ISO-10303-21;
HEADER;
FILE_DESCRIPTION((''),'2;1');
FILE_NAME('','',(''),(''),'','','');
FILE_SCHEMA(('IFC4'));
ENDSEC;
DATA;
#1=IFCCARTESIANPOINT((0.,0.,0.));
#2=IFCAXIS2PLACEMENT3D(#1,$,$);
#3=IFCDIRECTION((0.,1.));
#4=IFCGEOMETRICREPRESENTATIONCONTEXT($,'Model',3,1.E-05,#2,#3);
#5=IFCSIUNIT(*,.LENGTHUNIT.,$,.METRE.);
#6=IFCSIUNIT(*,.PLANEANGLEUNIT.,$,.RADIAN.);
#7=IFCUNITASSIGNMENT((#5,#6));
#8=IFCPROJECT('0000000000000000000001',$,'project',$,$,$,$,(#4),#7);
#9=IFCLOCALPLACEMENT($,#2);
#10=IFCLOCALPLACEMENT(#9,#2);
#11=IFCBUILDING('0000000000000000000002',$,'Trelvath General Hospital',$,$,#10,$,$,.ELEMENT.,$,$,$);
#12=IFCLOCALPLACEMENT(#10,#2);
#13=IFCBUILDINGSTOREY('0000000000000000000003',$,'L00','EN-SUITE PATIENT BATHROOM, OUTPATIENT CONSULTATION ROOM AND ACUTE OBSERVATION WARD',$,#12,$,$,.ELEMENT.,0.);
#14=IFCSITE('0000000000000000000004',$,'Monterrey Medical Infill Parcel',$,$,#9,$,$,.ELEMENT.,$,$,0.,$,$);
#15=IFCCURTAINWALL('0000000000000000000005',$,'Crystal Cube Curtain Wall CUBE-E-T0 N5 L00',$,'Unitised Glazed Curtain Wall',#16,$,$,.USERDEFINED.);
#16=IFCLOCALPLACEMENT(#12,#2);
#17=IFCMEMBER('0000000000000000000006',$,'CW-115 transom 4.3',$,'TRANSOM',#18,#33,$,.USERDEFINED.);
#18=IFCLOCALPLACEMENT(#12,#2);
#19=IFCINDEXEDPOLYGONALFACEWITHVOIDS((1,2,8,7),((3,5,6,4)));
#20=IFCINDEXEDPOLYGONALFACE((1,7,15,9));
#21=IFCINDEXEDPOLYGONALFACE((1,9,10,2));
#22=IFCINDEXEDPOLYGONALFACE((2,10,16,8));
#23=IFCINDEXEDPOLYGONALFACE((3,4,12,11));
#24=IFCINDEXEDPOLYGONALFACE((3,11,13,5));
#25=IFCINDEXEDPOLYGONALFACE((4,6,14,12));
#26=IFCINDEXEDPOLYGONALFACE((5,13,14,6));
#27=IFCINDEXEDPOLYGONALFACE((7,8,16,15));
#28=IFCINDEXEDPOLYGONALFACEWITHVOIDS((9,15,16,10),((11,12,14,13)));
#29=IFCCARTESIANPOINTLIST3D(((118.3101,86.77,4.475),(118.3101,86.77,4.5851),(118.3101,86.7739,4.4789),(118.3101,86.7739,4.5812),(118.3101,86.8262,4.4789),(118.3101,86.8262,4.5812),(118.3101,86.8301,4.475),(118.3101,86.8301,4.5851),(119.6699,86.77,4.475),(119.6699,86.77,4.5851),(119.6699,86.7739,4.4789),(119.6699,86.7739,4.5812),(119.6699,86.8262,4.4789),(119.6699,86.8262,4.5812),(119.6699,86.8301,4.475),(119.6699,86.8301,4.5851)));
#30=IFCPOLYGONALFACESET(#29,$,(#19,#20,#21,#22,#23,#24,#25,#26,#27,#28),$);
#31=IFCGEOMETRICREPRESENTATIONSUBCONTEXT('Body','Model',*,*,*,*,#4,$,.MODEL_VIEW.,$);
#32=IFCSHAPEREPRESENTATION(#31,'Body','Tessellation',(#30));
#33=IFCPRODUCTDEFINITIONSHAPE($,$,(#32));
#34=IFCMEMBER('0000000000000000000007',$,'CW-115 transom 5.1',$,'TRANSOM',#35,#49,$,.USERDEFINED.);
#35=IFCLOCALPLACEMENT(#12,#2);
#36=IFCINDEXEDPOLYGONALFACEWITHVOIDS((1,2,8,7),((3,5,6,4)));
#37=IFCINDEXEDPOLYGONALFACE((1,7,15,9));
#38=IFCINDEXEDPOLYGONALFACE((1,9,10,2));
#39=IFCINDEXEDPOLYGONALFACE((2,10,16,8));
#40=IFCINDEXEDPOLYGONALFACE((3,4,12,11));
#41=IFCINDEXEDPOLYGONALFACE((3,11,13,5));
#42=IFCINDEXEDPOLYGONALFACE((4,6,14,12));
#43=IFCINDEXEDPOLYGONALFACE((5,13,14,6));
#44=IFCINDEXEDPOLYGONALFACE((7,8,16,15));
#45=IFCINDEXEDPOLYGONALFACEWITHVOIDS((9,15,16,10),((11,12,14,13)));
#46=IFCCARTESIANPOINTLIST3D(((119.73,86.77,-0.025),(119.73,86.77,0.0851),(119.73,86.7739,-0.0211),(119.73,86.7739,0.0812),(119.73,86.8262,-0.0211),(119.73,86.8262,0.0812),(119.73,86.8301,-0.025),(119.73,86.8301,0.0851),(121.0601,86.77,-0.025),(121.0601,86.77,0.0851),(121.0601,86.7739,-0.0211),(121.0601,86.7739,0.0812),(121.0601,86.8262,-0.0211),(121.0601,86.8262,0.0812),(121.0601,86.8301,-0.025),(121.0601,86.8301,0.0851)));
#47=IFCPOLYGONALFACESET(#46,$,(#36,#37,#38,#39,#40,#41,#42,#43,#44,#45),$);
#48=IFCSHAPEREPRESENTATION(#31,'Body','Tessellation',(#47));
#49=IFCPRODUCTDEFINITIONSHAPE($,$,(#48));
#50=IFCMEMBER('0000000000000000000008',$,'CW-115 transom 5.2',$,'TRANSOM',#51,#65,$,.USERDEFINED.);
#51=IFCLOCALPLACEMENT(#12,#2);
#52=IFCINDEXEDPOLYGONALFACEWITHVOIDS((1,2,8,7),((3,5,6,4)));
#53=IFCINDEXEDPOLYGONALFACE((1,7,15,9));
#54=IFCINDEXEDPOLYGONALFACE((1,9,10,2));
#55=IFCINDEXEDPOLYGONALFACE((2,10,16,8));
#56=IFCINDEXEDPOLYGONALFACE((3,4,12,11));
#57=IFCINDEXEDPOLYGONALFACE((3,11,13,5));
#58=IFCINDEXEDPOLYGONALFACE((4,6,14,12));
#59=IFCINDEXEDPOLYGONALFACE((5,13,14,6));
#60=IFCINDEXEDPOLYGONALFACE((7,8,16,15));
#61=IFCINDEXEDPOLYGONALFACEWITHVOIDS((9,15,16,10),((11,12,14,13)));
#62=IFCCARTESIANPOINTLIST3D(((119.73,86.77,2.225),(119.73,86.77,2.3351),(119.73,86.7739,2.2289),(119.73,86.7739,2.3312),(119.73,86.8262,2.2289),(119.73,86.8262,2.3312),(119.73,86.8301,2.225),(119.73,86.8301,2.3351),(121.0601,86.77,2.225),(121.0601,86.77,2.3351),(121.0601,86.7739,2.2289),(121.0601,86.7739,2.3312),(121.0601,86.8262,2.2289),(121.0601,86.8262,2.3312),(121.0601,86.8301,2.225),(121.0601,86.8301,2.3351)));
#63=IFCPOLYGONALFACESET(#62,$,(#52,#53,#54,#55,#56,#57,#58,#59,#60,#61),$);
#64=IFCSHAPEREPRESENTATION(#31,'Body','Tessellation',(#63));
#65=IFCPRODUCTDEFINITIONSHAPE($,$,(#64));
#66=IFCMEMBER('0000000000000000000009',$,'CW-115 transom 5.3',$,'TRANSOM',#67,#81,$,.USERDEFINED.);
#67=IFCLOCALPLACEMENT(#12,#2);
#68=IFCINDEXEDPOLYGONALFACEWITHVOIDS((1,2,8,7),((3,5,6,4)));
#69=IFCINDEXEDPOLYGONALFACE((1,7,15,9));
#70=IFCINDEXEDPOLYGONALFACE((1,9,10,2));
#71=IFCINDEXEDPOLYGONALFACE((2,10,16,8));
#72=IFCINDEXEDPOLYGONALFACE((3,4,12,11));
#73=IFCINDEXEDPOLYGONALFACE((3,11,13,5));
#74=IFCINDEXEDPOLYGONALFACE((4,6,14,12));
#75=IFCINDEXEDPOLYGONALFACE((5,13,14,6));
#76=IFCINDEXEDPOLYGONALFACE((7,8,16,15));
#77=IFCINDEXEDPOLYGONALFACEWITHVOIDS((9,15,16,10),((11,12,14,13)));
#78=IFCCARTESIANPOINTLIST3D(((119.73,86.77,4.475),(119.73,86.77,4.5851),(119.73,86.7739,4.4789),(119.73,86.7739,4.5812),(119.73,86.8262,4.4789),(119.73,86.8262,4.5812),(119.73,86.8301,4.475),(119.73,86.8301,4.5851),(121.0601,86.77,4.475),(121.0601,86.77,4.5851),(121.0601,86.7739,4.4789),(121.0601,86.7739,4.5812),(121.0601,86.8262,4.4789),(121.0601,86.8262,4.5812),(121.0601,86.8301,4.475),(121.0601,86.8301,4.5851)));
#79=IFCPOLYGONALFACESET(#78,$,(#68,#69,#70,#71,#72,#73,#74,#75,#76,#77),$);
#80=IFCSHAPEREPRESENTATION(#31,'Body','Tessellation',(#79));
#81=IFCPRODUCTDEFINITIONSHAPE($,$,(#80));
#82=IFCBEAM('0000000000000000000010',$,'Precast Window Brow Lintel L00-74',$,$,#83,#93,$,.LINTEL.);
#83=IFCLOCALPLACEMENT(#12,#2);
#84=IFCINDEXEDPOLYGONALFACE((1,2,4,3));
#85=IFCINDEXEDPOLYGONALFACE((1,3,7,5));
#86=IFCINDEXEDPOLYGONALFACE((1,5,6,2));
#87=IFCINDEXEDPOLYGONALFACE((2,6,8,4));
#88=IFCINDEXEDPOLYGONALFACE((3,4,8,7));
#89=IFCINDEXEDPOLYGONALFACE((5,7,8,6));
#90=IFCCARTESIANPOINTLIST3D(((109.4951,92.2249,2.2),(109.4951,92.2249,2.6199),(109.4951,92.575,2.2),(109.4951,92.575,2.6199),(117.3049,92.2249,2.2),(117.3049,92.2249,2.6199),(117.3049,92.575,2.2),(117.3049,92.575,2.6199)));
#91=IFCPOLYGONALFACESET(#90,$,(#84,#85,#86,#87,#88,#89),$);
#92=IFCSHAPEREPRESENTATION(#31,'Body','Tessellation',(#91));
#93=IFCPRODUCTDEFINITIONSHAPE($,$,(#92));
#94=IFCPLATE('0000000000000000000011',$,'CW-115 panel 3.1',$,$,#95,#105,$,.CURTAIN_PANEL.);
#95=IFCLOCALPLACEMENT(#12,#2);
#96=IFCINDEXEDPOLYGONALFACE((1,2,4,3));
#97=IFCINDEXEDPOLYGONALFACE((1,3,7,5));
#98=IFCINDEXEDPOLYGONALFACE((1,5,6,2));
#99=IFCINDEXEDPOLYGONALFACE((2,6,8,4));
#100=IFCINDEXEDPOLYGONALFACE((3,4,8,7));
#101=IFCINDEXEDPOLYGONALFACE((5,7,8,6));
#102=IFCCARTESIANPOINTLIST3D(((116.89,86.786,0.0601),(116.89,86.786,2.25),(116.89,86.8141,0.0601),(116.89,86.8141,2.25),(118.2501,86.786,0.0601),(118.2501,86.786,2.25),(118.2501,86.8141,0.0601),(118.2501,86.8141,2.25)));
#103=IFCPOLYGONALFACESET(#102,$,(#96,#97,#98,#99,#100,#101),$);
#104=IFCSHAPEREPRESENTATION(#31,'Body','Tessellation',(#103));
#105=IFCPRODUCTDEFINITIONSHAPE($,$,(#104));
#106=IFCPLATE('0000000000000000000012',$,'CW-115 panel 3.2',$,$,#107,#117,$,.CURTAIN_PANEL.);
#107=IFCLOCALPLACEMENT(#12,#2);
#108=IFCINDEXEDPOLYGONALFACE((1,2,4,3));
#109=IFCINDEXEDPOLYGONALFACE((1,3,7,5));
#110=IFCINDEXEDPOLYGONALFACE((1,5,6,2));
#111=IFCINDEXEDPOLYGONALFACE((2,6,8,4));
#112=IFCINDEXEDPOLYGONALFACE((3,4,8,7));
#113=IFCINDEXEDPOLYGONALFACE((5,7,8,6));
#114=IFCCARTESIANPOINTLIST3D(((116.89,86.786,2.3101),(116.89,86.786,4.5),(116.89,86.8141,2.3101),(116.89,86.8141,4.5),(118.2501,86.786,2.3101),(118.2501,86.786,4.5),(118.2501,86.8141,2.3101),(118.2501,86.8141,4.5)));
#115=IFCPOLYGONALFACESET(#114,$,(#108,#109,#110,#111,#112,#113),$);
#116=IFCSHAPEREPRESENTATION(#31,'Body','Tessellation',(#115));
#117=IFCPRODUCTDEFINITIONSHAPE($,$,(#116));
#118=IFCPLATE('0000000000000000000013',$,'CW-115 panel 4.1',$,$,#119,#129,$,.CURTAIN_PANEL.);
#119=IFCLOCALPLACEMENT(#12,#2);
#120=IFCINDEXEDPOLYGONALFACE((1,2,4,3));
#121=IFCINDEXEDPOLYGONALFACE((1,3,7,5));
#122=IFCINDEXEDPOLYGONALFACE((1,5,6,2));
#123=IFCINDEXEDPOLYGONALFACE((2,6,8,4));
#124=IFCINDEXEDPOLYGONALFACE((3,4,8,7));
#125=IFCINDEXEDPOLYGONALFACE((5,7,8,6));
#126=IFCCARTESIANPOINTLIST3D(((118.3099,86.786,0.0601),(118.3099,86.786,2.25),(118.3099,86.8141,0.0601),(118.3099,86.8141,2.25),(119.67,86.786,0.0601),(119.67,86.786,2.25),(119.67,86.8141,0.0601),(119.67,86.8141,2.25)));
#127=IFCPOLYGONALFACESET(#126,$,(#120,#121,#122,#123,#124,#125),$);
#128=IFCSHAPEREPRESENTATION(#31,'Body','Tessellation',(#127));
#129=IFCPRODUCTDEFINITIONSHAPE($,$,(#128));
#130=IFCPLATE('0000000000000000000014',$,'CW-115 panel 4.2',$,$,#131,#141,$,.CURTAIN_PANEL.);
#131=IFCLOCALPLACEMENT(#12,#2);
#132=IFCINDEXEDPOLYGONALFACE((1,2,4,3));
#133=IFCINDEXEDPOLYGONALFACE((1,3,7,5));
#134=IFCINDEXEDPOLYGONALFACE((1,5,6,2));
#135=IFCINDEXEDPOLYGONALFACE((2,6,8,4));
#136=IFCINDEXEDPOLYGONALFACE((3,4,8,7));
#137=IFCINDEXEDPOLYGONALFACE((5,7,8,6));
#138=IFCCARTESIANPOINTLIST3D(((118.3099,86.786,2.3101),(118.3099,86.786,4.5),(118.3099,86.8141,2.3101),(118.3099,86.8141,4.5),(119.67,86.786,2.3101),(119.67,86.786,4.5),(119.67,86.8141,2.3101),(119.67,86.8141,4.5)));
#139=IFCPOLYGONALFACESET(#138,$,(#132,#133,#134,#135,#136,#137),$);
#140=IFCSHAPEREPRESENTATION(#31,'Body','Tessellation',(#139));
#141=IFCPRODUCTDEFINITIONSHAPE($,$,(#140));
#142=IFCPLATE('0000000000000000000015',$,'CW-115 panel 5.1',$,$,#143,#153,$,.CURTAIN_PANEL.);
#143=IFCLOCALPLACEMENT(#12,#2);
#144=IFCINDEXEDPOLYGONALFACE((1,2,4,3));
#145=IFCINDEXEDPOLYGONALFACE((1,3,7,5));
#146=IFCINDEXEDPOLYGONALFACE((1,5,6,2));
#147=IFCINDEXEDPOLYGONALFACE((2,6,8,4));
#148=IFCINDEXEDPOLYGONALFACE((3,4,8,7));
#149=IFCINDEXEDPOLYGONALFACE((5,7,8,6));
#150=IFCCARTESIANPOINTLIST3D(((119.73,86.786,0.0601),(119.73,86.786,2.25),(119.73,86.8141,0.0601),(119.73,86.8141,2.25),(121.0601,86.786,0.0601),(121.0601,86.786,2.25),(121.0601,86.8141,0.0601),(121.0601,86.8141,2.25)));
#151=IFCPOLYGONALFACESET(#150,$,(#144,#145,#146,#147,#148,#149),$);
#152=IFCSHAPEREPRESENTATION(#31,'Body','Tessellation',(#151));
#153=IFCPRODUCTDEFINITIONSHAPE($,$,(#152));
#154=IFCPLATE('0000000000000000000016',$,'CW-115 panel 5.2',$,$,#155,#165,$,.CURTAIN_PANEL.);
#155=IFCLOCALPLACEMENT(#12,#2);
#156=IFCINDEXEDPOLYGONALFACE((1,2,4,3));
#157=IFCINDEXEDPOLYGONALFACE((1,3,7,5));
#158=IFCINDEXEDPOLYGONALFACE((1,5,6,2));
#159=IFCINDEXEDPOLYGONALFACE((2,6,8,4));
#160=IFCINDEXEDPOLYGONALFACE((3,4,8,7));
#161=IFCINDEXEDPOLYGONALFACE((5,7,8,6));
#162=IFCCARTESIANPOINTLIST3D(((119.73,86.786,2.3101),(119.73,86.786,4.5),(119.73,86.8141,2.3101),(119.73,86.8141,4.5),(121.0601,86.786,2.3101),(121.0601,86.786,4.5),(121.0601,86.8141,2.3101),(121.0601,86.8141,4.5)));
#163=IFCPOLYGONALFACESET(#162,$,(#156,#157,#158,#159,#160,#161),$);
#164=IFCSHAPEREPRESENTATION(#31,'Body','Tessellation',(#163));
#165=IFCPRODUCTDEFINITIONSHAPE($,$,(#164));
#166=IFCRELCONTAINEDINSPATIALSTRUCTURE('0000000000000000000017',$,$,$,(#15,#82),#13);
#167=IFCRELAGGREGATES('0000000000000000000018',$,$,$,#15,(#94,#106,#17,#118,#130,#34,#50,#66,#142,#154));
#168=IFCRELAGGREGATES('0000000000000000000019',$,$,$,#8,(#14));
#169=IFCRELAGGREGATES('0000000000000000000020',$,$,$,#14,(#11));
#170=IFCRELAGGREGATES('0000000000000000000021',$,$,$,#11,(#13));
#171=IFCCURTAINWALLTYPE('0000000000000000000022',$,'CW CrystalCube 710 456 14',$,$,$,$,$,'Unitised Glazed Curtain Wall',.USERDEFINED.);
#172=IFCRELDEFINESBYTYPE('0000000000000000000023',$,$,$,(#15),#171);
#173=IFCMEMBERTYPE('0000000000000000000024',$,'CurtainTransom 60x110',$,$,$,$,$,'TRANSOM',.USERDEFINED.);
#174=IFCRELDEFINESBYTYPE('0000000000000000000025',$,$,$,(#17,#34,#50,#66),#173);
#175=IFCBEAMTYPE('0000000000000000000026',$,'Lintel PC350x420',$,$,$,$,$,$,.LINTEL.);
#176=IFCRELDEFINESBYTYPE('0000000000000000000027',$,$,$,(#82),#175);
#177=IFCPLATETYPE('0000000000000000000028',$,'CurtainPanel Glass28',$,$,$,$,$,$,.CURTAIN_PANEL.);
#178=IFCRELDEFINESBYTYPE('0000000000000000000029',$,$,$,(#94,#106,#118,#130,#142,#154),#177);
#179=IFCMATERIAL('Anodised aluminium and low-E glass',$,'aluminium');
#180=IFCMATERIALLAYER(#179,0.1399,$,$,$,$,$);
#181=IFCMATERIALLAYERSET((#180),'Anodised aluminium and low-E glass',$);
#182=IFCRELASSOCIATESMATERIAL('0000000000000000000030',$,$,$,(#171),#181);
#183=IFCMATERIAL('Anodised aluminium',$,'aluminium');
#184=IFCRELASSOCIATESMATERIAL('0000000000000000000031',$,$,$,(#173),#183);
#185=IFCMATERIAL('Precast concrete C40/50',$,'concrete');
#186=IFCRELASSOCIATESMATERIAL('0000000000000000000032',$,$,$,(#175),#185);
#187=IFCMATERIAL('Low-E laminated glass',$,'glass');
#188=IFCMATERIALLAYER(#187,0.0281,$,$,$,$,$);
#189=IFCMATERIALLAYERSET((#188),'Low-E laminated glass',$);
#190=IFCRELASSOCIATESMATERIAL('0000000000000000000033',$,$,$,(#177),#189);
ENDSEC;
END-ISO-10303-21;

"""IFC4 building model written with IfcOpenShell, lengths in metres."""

from ifc_helpers import new_model, si_unit, direction, frame, origin, origin_2d, place, context, subcontext, project, spatial, rectangle, hollow_rectangle, extrude, material, layer, layer_set, material_profile, profile_set, type_object, element, aggregate, save


model = new_model("IFC4")

# Units and contexts
model_context = context("Model", 3, precision=1e-05, world=origin(), true_north=direction((0.0, 1.0)))
body_context = subcontext(model_context, "Body", "Model", "MODEL_VIEW")
ifc_project = project(units=[si_unit("LENGTHUNIT", "METRE"), si_unit("PLANEANGLEUNIT", "RADIAN")], contexts=[model_context])

# Site, building, storey
site_placement = place(None, origin())
site = spatial("IfcSite", under=ifc_project, at=site_placement, Name="Monterrey Medical Infill Parcel", CompositionType="ELEMENT", RefElevation=0.0)
building_placement = place(site_placement, origin())
building = spatial("IfcBuilding", under=site, at=building_placement, Name="Trelvath General Hospital", CompositionType="ELEMENT")
storey_placement = place(building_placement, origin())
storey = spatial("IfcBuildingStorey", under=building, at=storey_placement, Name="L00", Description="EN-SUITE PATIENT BATHROOM, OUTPATIENT CONSULTATION ROOM AND ACUTE OBSERVATION WARD", CompositionType="ELEMENT", Elevation=0.0)

# Curtain wall, members
ifc_material_1 = material(Name="Anodised aluminium and low-E glass", Category="aluminium")
ifc_layer_1 = layer(ifc_material_1, 0.1399)
ifc_layer_set_1 = layer_set([ifc_layer_1], Name="Anodised aluminium and low-E glass")
curtain_wall_type = type_object("IfcCurtainWallType", Name="CW CrystalCube 710 456 14", ElementType="Unitised Glazed Curtain Wall", PredefinedType="USERDEFINED", material=ifc_layer_set_1)
curtain_wall_placement = place(storey_placement, origin())
curtain_wall = element("IfcCurtainWall", 1, at=curtain_wall_placement, inside=storey, type_object=curtain_wall_type, Name="Crystal Cube Curtain Wall CUBE-E-T0 N5 L00", ObjectType="Unitised Glazed Curtain Wall", PredefinedType="USERDEFINED")
ifc_material_2 = material(Name="Anodised aluminium", Category="aluminium")
ifc_material_profile_1 = material_profile(ifc_material_2, hollow_rectangle(XDim=0.0601, YDim=0.1101, WallThickness=0.0039, at=origin_2d()), Name="RHS60x110x4")
ifc_profile_set_1 = profile_set([ifc_material_profile_1], Name="Anodised aluminium")
member_type_1 = type_object("IfcMemberType", Name="CurtainTransom 60x110", ElementType="TRANSOM", PredefinedType="USERDEFINED", material=ifc_profile_set_1)
member_1_placement = place(storey_placement, frame((118.3101, 86.8, 4.53), z_axis=(1.0, 0.0, 0.0), x_axis=(0.0, 1.0, 0.0)))
member_1 = element("IfcMember", 2, at=member_1_placement, type_object=member_type_1, Name="CW-115 transom 4.3", ObjectType="TRANSOM", PredefinedType="USERDEFINED", context=body_context, shape_type="SweptSolid", body=[
    extrude(hollow_rectangle(XDim=0.0601, YDim=0.1101, WallThickness=0.0039, at=origin_2d()), origin(), (0.0, 0.0, 1.0), 1.3599),
])
member_2_placement = place(storey_placement, frame((119.73, 86.8, 0.03), z_axis=(1.0, 0.0, 0.0), x_axis=(0.0, 1.0, 0.0)))
member_2 = element("IfcMember", 3, at=member_2_placement, type_object=member_type_1, Name="CW-115 transom 5.1", ObjectType="TRANSOM", PredefinedType="USERDEFINED", context=body_context, shape_type="SweptSolid", body=[
    extrude(hollow_rectangle(XDim=0.0601, YDim=0.1101, WallThickness=0.0039, at=origin_2d()), origin(), (0.0, 0.0, 1.0), 1.3301),
])
member_3_placement = place(storey_placement, frame((119.73, 86.8, 2.28), z_axis=(1.0, 0.0, 0.0), x_axis=(0.0, 1.0, 0.0)))
member_3 = element("IfcMember", 4, at=member_3_placement, type_object=member_type_1, Name="CW-115 transom 5.2", ObjectType="TRANSOM", PredefinedType="USERDEFINED", context=body_context, shape_type="SweptSolid", body=[
    extrude(hollow_rectangle(XDim=0.0601, YDim=0.1101, WallThickness=0.0039, at=origin_2d()), origin(), (0.0, 0.0, 1.0), 1.3301),
])
member_4_placement = place(storey_placement, frame((119.73, 86.8, 4.53), z_axis=(1.0, 0.0, 0.0), x_axis=(0.0, 1.0, 0.0)))
member_4 = element("IfcMember", 5, at=member_4_placement, type_object=member_type_1, Name="CW-115 transom 5.3", ObjectType="TRANSOM", PredefinedType="USERDEFINED", context=body_context, shape_type="SweptSolid", body=[
    extrude(hollow_rectangle(XDim=0.0601, YDim=0.1101, WallThickness=0.0039, at=origin_2d()), origin(), (0.0, 0.0, 1.0), 1.3301),
])

# Beam
ifc_material_3 = material(Name="Precast concrete C40/50", Category="concrete")
ifc_material_profile_2 = material_profile(ifc_material_3, rectangle(XDim=0.3501, YDim=0.4199, at=origin_2d()), Name="PCL350x420")
ifc_profile_set_2 = profile_set([ifc_material_profile_2], Name="Precast concrete C40/50")
beam_type_1 = type_object("IfcBeamType", Name="Lintel PC350x420", PredefinedType="LINTEL", material=ifc_profile_set_2)
beam_1_placement = place(storey_placement, frame((117.3049, 92.3999, 2.4099), z_axis=(-1.0, 0.0, 0.0), x_axis=(0.0, -1.0, 0.0)))
element("IfcBeam", 6, at=beam_1_placement, inside=storey, type_object=beam_type_1, Name="Precast Window Brow Lintel L00-74", PredefinedType="LINTEL", context=body_context, shape_type="SweptSolid", body=[
    extrude(rectangle(XDim=0.3501, YDim=0.4199, at=origin_2d()), origin(), (0.0, 0.0, 1.0), 7.8098),
])

# Plates
ifc_material_4 = material(Name="Low-E laminated glass", Category="glass")
ifc_layer_2 = layer(ifc_material_4, 0.0281)
ifc_layer_set_2 = layer_set([ifc_layer_2], Name="Low-E laminated glass")
plate_type = type_object("IfcPlateType", Name="CurtainPanel Glass28", PredefinedType="CURTAIN_PANEL", material=ifc_layer_set_2)
plate_1_placement = place(storey_placement, frame((117.5701, 86.8, 0.0601), z_axis=(0.0, 0.0, 1.0), x_axis=(1.0, 0.0, 0.0)))
plate_1 = element("IfcPlate", 7, at=plate_1_placement, type_object=plate_type, Name="CW-115 panel 3.1", PredefinedType="CURTAIN_PANEL", context=body_context, shape_type="SweptSolid", body=[
    extrude(rectangle(XDim=1.3601, YDim=0.0281, at=origin_2d()), origin(), (0.0, 0.0, 1.0), 2.1899),
])
plate_2_placement = place(storey_placement, frame((117.5701, 86.8, 2.3101), z_axis=(0.0, 0.0, 1.0), x_axis=(1.0, 0.0, 0.0)))
plate_2 = element("IfcPlate", 8, at=plate_2_placement, type_object=plate_type, Name="CW-115 panel 3.2", PredefinedType="CURTAIN_PANEL", context=body_context, shape_type="SweptSolid", body=[
    extrude(rectangle(XDim=1.3601, YDim=0.0281, at=origin_2d()), origin(), (0.0, 0.0, 1.0), 2.1899),
])
plate_3_placement = place(storey_placement, frame((118.99, 86.8, 0.0601), z_axis=(0.0, 0.0, 1.0), x_axis=(1.0, 0.0, 0.0)))
plate_3 = element("IfcPlate", 9, at=plate_3_placement, type_object=plate_type, Name="CW-115 panel 4.1", PredefinedType="CURTAIN_PANEL", context=body_context, shape_type="SweptSolid", body=[
    extrude(rectangle(XDim=1.3601, YDim=0.0281, at=origin_2d()), origin(), (0.0, 0.0, 1.0), 2.1899),
])
plate_4_placement = place(storey_placement, frame((118.99, 86.8, 2.3101), z_axis=(0.0, 0.0, 1.0), x_axis=(1.0, 0.0, 0.0)))
plate_4 = element("IfcPlate", 10, at=plate_4_placement, type_object=plate_type, Name="CW-115 panel 4.2", PredefinedType="CURTAIN_PANEL", context=body_context, shape_type="SweptSolid", body=[
    extrude(rectangle(XDim=1.3601, YDim=0.0281, at=origin_2d()), origin(), (0.0, 0.0, 1.0), 2.1899),
])
plate_5_placement = place(storey_placement, frame((120.395, 86.8, 0.0601), z_axis=(0.0, 0.0, 1.0), x_axis=(1.0, 0.0, 0.0)))
plate_5 = element("IfcPlate", 11, at=plate_5_placement, type_object=plate_type, Name="CW-115 panel 5.1", PredefinedType="CURTAIN_PANEL", context=body_context, shape_type="SweptSolid", body=[
    extrude(rectangle(XDim=1.3301, YDim=0.0281, at=origin_2d()), origin(), (0.0, 0.0, 1.0), 2.1899),
])
plate_6_placement = place(storey_placement, frame((120.395, 86.8, 2.3101), z_axis=(0.0, 0.0, 1.0), x_axis=(1.0, 0.0, 0.0)))
plate_6 = element("IfcPlate", 12, at=plate_6_placement, type_object=plate_type, Name="CW-115 panel 5.2", PredefinedType="CURTAIN_PANEL", context=body_context, shape_type="SweptSolid", body=[
    extrude(rectangle(XDim=1.3301, YDim=0.0281, at=origin_2d()), origin(), (0.0, 0.0, 1.0), 2.1899),
])
aggregate(curtain_wall, [plate_1, plate_2, member_1, plate_3, plate_4, member_2, member_3, member_4, plate_5, plate_6])

save(model, "model.ifc")
